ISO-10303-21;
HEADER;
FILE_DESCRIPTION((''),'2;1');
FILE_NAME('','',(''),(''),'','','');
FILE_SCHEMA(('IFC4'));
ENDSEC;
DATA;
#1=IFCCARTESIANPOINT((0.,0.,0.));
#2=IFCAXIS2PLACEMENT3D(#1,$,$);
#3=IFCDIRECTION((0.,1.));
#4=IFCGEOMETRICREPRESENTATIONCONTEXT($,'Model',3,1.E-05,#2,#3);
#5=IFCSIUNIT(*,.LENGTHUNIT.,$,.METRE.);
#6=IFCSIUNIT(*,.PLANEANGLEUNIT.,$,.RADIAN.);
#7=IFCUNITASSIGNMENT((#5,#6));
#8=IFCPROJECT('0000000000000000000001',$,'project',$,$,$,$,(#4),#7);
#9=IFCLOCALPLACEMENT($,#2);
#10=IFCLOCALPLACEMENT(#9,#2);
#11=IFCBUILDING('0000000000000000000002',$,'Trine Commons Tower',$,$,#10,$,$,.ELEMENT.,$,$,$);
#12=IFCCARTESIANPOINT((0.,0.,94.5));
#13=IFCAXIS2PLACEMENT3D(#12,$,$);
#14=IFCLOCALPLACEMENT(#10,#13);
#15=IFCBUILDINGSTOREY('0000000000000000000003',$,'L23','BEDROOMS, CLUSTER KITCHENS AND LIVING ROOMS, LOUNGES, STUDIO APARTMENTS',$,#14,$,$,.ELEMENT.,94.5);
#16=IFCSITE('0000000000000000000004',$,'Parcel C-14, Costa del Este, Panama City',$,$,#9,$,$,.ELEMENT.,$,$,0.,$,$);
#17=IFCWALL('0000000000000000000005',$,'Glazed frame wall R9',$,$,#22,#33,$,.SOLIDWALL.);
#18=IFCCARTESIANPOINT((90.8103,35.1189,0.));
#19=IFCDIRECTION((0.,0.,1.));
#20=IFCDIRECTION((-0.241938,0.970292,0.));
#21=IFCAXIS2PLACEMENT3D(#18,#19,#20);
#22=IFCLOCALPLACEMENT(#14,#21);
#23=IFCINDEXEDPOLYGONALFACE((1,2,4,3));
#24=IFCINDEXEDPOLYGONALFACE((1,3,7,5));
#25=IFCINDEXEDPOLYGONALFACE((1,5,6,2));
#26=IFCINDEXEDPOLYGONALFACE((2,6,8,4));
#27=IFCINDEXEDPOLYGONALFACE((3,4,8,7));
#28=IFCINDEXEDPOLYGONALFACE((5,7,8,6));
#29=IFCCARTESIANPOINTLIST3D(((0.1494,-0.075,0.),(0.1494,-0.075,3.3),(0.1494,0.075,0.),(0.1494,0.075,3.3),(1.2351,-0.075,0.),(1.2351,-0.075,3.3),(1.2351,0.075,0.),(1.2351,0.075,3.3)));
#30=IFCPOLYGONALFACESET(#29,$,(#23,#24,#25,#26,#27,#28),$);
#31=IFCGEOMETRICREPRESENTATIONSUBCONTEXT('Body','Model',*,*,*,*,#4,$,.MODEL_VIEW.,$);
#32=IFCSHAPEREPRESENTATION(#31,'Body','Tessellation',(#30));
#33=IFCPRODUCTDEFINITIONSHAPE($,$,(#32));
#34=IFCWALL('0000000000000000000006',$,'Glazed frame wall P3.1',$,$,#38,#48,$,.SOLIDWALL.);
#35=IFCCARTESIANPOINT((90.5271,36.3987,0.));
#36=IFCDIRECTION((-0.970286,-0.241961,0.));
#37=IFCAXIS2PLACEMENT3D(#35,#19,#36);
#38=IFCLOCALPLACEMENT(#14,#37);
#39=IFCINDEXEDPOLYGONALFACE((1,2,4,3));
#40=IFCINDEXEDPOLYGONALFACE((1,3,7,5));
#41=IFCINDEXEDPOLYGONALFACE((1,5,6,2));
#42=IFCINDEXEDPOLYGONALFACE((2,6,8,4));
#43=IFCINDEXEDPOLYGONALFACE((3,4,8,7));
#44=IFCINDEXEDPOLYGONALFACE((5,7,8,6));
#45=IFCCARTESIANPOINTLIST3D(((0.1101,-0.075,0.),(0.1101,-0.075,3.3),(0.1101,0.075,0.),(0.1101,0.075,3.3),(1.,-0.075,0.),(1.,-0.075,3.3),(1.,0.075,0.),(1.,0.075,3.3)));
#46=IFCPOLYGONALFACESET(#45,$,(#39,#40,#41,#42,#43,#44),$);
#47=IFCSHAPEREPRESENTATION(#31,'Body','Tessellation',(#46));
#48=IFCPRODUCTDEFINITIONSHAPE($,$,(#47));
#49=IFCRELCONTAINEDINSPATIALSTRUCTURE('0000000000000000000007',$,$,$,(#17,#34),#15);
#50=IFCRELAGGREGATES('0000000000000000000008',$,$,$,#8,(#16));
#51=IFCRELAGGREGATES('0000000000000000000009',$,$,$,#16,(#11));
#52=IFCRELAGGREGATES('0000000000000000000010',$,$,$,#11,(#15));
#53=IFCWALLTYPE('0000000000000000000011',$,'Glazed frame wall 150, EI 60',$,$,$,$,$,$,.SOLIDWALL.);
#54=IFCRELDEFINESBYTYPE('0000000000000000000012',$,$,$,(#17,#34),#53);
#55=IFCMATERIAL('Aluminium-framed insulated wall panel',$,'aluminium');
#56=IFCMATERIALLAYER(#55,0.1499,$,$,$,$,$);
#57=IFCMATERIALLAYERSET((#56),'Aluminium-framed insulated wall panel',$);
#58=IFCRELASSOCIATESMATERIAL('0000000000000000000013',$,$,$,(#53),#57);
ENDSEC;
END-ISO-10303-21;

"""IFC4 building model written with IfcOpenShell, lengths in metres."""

from ifc_helpers import new_model, si_unit, direction, frame, origin, place, context, subcontext, project, spatial, polyline, outline, extrude, material, layer, layer_set, type_object, element, save


model = new_model("IFC4")

# Units and contexts
model_context = context("Model", 3, precision=1e-05, world=origin(), true_north=direction((0.0, 1.0)))
body_context = subcontext(model_context, "Body", "Model", "MODEL_VIEW")
ifc_project = project(units=[si_unit("LENGTHUNIT", "METRE"), si_unit("PLANEANGLEUNIT", "RADIAN")], contexts=[model_context])

# Site, building, storey
site_placement = place(None, origin())
site = spatial("IfcSite", under=ifc_project, at=site_placement, Name="Parcel C-14, Costa del Este, Panama City", CompositionType="ELEMENT", RefElevation=0.0)
building_placement = place(site_placement, origin())
building = spatial("IfcBuilding", under=site, at=building_placement, Name="Trine Commons Tower", CompositionType="ELEMENT")
storey_placement = place(building_placement, frame((0.0, 0.0, 94.5)))
storey = spatial("IfcBuildingStorey", under=building, at=storey_placement, Name="L23", Description="BEDROOMS, CLUSTER KITCHENS AND LIVING ROOMS, LOUNGES, STUDIO APARTMENTS", CompositionType="ELEMENT", Elevation=94.5)

# Walls
ifc_material_1 = material(Name="Aluminium-framed insulated wall panel", Category="aluminium")
ifc_layer_1 = layer(ifc_material_1, 0.1499)
ifc_layer_set_1 = layer_set([ifc_layer_1], Name="Aluminium-framed insulated wall panel")
wall_type_1 = type_object("IfcWallType", Name="Glazed frame wall 150, EI 60", PredefinedType="SOLIDWALL", material=ifc_layer_set_1)
wall_1_placement = place(storey_placement, frame((90.8103, 35.1189, 0.0), z_axis=(0.0, 0.0, 1.0), x_axis=(-0.241938, 0.970292, 0.0)))
element("IfcWall", 1, at=wall_1_placement, inside=storey, type_object=wall_type_1, Name="Glazed frame wall R9", PredefinedType="SOLIDWALL", context=body_context, shape_type="SweptSolid", body=[
    extrude(outline(polyline([(0.1494, 0.075), (0.1494, -0.075), (1.2351, -0.075), (1.2351, 0.075), (0.1494, 0.075)])), origin(), (0.0, 0.0, 1.0), 3.3),
])
wall_2_placement = place(storey_placement, frame((90.5271, 36.3987, 0.0), z_axis=(0.0, 0.0, 1.0), x_axis=(-0.970286, -0.241961, 0.0)))
element("IfcWall", 2, at=wall_2_placement, inside=storey, type_object=wall_type_1, Name="Glazed frame wall P3.1", PredefinedType="SOLIDWALL", context=body_context, shape_type="SweptSolid", body=[
    extrude(outline(polyline([(0.1101, -0.075), (1.0, -0.075), (1.0, 0.075), (0.1101, 0.075), (0.1101, -0.075)])), origin(), (0.0, 0.0, 1.0), 3.3),
])

save(model, "model.ifc")
